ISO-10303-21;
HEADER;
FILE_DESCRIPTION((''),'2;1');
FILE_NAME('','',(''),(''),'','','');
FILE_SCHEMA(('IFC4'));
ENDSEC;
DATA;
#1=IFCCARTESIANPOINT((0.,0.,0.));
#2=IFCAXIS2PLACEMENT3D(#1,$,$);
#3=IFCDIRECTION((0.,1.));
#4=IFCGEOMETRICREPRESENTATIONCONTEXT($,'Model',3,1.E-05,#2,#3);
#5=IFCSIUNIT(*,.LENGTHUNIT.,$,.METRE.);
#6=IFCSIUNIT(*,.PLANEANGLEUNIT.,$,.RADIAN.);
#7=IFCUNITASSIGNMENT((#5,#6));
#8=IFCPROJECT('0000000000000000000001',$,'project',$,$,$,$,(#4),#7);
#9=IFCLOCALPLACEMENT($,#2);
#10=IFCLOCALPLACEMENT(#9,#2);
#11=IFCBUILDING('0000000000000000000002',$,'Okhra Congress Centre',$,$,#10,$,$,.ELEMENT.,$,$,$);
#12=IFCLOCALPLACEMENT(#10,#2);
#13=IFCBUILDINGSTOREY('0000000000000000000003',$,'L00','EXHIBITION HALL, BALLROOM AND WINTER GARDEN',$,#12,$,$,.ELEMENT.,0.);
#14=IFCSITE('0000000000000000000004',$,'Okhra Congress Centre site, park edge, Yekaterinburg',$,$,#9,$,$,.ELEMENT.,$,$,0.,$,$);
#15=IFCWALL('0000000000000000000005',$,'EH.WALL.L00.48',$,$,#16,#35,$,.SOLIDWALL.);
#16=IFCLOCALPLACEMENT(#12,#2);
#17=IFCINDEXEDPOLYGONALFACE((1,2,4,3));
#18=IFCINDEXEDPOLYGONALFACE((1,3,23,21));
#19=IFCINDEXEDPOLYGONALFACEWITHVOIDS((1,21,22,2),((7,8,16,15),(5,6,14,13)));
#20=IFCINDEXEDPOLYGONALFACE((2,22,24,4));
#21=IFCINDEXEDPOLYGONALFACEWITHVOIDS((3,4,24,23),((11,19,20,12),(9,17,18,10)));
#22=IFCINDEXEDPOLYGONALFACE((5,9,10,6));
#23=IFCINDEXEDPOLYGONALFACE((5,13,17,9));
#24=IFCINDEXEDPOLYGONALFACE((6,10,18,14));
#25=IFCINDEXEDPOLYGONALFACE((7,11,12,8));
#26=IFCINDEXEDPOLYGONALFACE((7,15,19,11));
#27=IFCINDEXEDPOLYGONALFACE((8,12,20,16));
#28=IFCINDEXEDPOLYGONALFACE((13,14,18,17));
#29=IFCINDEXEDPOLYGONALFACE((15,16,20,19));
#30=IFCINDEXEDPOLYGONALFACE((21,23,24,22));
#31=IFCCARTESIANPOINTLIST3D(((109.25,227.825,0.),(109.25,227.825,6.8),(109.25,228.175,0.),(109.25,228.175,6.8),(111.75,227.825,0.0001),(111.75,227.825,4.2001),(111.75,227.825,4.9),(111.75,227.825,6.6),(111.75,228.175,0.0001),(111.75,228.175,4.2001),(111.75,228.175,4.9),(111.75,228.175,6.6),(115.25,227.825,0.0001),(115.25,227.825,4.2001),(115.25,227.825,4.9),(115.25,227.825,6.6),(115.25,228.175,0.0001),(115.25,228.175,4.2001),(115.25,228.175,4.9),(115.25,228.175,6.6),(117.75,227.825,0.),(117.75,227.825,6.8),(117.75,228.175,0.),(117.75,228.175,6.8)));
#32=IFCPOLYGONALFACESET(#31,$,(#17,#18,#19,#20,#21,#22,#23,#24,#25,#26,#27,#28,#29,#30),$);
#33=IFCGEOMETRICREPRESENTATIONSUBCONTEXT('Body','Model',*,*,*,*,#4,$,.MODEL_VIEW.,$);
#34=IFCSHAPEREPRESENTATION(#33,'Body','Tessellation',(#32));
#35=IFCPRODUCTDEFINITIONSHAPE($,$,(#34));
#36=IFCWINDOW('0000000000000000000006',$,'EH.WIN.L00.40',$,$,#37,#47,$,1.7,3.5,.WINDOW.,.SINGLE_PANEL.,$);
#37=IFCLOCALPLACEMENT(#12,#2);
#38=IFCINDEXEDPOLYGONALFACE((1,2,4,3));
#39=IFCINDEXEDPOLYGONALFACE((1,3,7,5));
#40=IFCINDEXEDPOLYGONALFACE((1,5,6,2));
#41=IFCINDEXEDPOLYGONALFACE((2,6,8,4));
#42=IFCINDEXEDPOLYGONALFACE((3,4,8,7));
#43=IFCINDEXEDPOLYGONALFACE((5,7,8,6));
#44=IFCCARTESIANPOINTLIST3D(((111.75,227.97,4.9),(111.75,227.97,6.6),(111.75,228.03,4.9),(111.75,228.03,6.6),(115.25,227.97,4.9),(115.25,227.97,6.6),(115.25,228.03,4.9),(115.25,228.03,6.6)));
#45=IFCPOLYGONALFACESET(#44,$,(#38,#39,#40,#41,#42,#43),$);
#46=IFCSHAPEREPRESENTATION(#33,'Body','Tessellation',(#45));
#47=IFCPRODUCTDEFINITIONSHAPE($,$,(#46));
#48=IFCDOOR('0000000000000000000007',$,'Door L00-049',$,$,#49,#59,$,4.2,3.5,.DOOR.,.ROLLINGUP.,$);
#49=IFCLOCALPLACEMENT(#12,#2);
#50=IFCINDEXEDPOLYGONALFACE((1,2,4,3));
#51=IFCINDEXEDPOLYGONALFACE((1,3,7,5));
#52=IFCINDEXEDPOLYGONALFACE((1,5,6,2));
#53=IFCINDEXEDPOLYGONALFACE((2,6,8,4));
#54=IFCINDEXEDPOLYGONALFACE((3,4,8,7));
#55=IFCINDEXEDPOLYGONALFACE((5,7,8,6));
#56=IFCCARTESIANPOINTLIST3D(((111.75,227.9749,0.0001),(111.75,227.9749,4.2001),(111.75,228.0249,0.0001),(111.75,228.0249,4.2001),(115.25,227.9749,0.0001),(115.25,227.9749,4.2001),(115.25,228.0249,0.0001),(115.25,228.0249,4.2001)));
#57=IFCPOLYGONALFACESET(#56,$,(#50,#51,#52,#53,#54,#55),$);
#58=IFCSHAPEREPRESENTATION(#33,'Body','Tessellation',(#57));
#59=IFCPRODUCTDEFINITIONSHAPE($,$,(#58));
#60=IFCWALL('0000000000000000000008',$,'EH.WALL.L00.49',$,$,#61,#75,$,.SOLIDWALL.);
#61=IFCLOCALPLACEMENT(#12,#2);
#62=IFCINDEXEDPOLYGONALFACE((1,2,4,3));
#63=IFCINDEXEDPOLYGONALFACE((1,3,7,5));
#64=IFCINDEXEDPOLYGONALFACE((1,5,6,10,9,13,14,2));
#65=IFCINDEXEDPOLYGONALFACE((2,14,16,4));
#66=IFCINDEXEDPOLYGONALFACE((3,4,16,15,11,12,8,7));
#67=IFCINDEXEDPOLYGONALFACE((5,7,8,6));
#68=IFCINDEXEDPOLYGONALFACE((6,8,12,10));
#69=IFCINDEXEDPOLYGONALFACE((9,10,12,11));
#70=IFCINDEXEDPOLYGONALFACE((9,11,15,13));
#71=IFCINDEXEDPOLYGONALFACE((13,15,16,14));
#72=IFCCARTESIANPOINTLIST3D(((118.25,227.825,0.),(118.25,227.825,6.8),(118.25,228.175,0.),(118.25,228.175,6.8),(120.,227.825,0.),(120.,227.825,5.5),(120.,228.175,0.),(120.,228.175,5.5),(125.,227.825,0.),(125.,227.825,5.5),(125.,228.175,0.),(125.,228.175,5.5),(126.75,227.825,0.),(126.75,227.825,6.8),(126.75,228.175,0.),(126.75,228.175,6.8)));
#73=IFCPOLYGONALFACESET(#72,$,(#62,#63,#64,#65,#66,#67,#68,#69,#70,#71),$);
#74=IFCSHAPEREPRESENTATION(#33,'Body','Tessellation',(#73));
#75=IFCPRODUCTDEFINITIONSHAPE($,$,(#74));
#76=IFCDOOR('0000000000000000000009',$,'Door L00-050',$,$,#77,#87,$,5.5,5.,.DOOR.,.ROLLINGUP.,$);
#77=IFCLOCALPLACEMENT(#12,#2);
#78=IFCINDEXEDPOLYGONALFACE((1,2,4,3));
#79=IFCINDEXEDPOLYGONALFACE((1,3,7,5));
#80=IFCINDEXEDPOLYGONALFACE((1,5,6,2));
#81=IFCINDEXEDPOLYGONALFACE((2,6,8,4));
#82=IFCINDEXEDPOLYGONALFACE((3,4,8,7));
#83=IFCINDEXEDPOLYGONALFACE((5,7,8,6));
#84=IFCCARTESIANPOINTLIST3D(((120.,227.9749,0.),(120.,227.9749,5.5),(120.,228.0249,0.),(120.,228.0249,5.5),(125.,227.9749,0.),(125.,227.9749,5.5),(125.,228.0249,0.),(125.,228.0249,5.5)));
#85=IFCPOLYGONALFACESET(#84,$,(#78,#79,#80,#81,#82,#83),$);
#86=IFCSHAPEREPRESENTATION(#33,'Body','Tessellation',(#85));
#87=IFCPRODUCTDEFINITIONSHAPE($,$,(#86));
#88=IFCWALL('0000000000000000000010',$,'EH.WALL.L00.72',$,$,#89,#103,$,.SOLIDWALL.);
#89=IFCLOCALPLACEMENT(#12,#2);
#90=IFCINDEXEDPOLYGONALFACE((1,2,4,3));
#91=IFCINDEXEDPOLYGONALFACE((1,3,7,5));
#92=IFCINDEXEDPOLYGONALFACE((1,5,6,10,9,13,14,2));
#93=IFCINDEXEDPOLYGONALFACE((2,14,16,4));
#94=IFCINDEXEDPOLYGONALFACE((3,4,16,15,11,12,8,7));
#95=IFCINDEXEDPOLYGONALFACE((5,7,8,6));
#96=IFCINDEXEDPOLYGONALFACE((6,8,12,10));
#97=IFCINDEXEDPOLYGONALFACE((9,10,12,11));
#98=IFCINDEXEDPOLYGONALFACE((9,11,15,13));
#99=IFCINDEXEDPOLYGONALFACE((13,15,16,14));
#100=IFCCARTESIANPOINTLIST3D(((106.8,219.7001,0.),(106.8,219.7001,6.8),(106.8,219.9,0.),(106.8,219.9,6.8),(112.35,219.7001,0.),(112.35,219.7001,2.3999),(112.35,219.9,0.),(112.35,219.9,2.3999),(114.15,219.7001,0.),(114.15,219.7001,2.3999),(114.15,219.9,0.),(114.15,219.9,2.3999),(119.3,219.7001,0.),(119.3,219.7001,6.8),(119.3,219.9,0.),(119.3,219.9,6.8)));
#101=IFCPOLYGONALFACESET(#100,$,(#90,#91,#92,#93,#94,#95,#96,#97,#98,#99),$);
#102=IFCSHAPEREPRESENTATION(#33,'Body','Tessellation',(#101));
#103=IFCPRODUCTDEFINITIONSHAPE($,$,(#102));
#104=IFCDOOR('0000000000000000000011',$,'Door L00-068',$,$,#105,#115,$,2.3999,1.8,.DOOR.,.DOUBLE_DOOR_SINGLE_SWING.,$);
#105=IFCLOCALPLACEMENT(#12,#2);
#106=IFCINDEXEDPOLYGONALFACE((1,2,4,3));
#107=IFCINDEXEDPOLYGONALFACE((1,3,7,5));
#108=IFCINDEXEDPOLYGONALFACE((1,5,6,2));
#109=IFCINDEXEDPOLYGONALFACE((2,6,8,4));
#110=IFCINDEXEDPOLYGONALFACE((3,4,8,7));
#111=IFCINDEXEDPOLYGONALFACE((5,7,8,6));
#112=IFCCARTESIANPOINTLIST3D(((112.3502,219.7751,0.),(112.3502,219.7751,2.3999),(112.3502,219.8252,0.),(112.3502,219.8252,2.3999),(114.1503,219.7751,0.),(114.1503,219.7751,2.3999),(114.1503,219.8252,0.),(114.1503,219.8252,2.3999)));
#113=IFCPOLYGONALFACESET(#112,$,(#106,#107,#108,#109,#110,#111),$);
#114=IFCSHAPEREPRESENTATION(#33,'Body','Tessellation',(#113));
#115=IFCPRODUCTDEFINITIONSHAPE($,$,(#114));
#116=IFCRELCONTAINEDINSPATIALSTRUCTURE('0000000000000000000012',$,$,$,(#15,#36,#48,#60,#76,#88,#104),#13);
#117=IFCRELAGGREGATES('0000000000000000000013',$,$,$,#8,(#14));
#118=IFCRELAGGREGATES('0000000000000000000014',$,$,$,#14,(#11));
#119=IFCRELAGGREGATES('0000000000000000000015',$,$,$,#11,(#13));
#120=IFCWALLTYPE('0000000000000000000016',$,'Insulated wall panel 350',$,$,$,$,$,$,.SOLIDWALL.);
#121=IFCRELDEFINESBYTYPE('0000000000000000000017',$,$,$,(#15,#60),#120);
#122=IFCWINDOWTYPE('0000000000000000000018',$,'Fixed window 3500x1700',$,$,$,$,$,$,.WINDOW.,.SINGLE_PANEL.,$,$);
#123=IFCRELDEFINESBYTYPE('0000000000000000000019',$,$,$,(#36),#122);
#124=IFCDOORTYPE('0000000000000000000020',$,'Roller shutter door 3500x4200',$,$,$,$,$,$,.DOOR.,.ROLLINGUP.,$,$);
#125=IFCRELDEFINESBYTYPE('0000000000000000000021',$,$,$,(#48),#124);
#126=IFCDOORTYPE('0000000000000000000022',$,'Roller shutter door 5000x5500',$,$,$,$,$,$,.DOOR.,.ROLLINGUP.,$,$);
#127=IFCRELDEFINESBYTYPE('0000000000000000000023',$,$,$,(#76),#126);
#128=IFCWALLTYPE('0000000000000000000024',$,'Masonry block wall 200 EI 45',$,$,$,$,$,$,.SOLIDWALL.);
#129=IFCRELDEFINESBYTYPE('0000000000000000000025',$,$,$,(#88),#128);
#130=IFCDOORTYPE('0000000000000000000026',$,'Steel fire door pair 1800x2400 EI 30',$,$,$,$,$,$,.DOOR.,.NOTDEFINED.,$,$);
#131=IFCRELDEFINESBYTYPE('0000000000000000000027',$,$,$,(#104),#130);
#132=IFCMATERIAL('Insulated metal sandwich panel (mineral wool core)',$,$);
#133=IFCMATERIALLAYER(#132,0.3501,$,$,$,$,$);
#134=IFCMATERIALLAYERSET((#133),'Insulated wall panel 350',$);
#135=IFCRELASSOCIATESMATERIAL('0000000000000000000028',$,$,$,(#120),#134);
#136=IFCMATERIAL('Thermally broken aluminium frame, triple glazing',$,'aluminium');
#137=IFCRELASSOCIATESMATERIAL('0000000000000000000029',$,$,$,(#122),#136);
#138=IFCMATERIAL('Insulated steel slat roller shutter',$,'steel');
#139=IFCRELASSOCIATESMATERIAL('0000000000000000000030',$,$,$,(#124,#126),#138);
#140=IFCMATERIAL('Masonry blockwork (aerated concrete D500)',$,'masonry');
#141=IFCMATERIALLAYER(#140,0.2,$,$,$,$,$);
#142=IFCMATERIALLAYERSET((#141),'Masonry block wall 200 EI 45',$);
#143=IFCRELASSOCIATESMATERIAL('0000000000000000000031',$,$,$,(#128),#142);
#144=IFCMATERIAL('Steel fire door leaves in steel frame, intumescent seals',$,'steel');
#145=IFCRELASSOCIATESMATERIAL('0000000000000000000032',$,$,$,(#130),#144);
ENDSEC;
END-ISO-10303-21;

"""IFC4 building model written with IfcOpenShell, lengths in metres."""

from ifc_helpers import new_model, si_unit, direction, frame, frame_2d, origin, place, context, subcontext, project, spatial, rectangle, extrude, material, layer, layer_set, type_object, element, fill, save


model = new_model("IFC4")

# Units and contexts
model_context = context("Model", 3, precision=1e-05, world=origin(), true_north=direction((0.0, 1.0)))
body_context = subcontext(model_context, "Body", "Model", "MODEL_VIEW")
ifc_project = project(units=[si_unit("LENGTHUNIT", "METRE"), si_unit("PLANEANGLEUNIT", "RADIAN")], contexts=[model_context])

# Site, building, storey
site_placement = place(None, origin())
site = spatial("IfcSite", under=ifc_project, at=site_placement, Name="Okhra Congress Centre site, park edge, Yekaterinburg", CompositionType="ELEMENT", RefElevation=0.0)
building_placement = place(site_placement, origin())
building = spatial("IfcBuilding", under=site, at=building_placement, Name="Okhra Congress Centre", CompositionType="ELEMENT")
storey_placement = place(building_placement, origin())
storey = spatial("IfcBuildingStorey", under=building, at=storey_placement, Name="L00", Description="EXHIBITION HALL, BALLROOM AND WINTER GARDEN", CompositionType="ELEMENT", Elevation=0.0)

# Shared definitions
ifc_material_1 = material(Name="Insulated metal sandwich panel (mineral wool core)")
ifc_layer_1 = layer(ifc_material_1, 0.3501)
ifc_layer_set_1 = layer_set([ifc_layer_1], Name="Insulated wall panel 350")
wall_type_1 = type_object("IfcWallType", Name="Insulated wall panel 350", PredefinedType="SOLIDWALL", material=ifc_layer_set_1)
ifc_material_2 = material(Name="Thermally broken aluminium frame, triple glazing", Category="aluminium")
window_type = type_object("IfcWindowType", Name="Fixed window 3500x1700", PartitioningType="SINGLE_PANEL", PredefinedType="WINDOW", material=ifc_material_2)
ifc_material_3 = material(Name="Insulated steel slat roller shutter", Category="steel")
door_type_1 = type_object("IfcDoorType", Name="Roller shutter door 3500x4200", OperationType="ROLLINGUP", PredefinedType="DOOR", material=ifc_material_3)

# Wall, openings, window, door
wall_1_placement = place(storey_placement, frame((109.25, 228.0, 0.0), z_axis=(0.0, 0.0, 1.0), x_axis=(1.0, 0.0, 0.0)))
wall_1 = element("IfcWall", 1, at=wall_1_placement, inside=storey, type_object=wall_type_1, Name="EH.WALL.L00.48", PredefinedType="SOLIDWALL", context=body_context, shape_type="SweptSolid", body=[
    extrude(rectangle(XDim=8.5, YDim=0.3501, at=frame_2d((4.25, 0.0))), origin(), (0.0, 0.0, 1.0), 6.8),
])
opening_1_placement = place(wall_1_placement, frame((2.5, 0.0, 0.0)))
opening_1 = element("IfcOpeningElement", 2, at=opening_1_placement, cuts=wall_1, PredefinedType="OPENING", context=body_context, shape_type="SweptSolid", body=[
    extrude(rectangle(XDim=3.5, YDim=4.2, at=frame_2d((1.75, 2.1001))), frame((0.0, 0.1851, 0.0), z_axis=(0.0, -1.0, 0.0), x_axis=(1.0, 0.0, 0.0)), (0.0, 0.0, 1.0), 0.3701),
])
opening_2_placement = place(wall_1_placement, frame((2.5, 0.0, 4.8999)))
opening_2 = element("IfcOpeningElement", 3, at=opening_2_placement, cuts=wall_1, PredefinedType="OPENING", context=body_context, shape_type="SweptSolid", body=[
    extrude(rectangle(XDim=3.5, YDim=1.7, at=frame_2d((1.75, 0.8501))), frame((0.0, 0.1851, 0.0), z_axis=(0.0, -1.0, 0.0), x_axis=(1.0, 0.0, 0.0)), (0.0, 0.0, 1.0), 0.3701),
])
window_1_placement = place(opening_2_placement, origin())
window_1 = element("IfcWindow", 4, at=window_1_placement, inside=storey, type_object=window_type, Name="EH.WIN.L00.40", OverallHeight=1.7, OverallWidth=3.5, PartitioningType="SINGLE_PANEL", PredefinedType="WINDOW", context=body_context, shape_type="SweptSolid", body=[
    extrude(rectangle(XDim=3.5, YDim=1.7, at=frame_2d((1.75, 0.8501))), frame((0.0, 0.03, 0.0), z_axis=(0.0, -1.0, 0.0), x_axis=(1.0, 0.0, 0.0)), (0.0, 0.0, 1.0), 0.0601),
])
fill(opening_2, window_1)
door_1_placement = place(opening_1_placement, origin())
door_1 = element("IfcDoor", 5, at=door_1_placement, inside=storey, type_object=door_type_1, Name="Door L00-049", OperationType="ROLLINGUP", OverallHeight=4.2, OverallWidth=3.5, PredefinedType="DOOR", context=body_context, shape_type="SweptSolid", body=[
    extrude(rectangle(XDim=3.5, YDim=4.2, at=frame_2d((1.75, 2.1001))), frame((0.0, 0.0249, 0.0), z_axis=(0.0, -1.0, 0.0), x_axis=(1.0, 0.0, 0.0)), (0.0, 0.0, 1.0), 0.05),
])
fill(opening_1, door_1)

# Walls, openings, doors
wall_2_placement = place(storey_placement, frame((118.25, 228.0, 0.0), z_axis=(0.0, 0.0, 1.0), x_axis=(1.0, 0.0, 0.0)))
wall_2 = element("IfcWall", 6, at=wall_2_placement, inside=storey, type_object=wall_type_1, Name="EH.WALL.L00.49", PredefinedType="SOLIDWALL", context=body_context, shape_type="SweptSolid", body=[
    extrude(rectangle(XDim=8.5, YDim=0.3501, at=frame_2d((4.25, 0.0))), origin(), (0.0, 0.0, 1.0), 6.8),
])
opening_3_placement = place(wall_2_placement, frame((1.75, 0.0, 0.0)))
opening_3 = element("IfcOpeningElement", 7, at=opening_3_placement, cuts=wall_2, PredefinedType="OPENING", context=body_context, shape_type="SweptSolid", body=[
    extrude(rectangle(XDim=5.0, YDim=5.5, at=frame_2d((2.5, 2.75))), frame((0.0, 0.1851, 0.0), z_axis=(0.0, -1.0, 0.0), x_axis=(1.0, 0.0, 0.0)), (0.0, 0.0, 1.0), 0.3701),
])
door_type_2 = type_object("IfcDoorType", Name="Roller shutter door 5000x5500", OperationType="ROLLINGUP", PredefinedType="DOOR", material=ifc_material_3)
door_2_placement = place(opening_3_placement, origin())
door_2 = element("IfcDoor", 8, at=door_2_placement, inside=storey, type_object=door_type_2, Name="Door L00-050", OperationType="ROLLINGUP", OverallHeight=5.5, OverallWidth=5.0, PredefinedType="DOOR", context=body_context, shape_type="SweptSolid", body=[
    extrude(rectangle(XDim=5.0, YDim=5.5, at=frame_2d((2.5, 2.75))), frame((0.0, 0.0249, 0.0), z_axis=(0.0, -1.0, 0.0), x_axis=(1.0, 0.0, 0.0)), (0.0, 0.0, 1.0), 0.05),
])
fill(opening_3, door_2)
ifc_material_4 = material(Name="Masonry blockwork (aerated concrete D500)", Category="masonry")
ifc_layer_2 = layer(ifc_material_4, 0.2)
ifc_layer_set_2 = layer_set([ifc_layer_2], Name="Masonry block wall 200 EI 45")
wall_type_2 = type_object("IfcWallType", Name="Masonry block wall 200 EI 45", PredefinedType="SOLIDWALL", material=ifc_layer_set_2)
wall_3_placement = place(storey_placement, frame((106.8, 219.8, 0.0), z_axis=(0.0, 0.0, 1.0), x_axis=(1.0, 0.0, 0.0)))
wall_3 = element("IfcWall", 9, at=wall_3_placement, inside=storey, type_object=wall_type_2, Name="EH.WALL.L00.72", PredefinedType="SOLIDWALL", context=body_context, shape_type="SweptSolid", body=[
    extrude(rectangle(XDim=12.5, YDim=0.2, at=frame_2d((6.25, 0.0))), origin(), (0.0, 0.0, 1.0), 6.8),
])
opening_4_placement = place(wall_3_placement, frame((5.55, 0.0, 0.0)))
opening_4 = element("IfcOpeningElement", 10, at=opening_4_placement, cuts=wall_3, PredefinedType="OPENING", context=body_context, shape_type="SweptSolid", body=[
    extrude(rectangle(XDim=1.8, YDim=2.3999, at=frame_2d((0.8999, 1.2))), frame((0.0, 0.1099, 0.0), z_axis=(0.0, -1.0, 0.0), x_axis=(1.0, 0.0, 0.0)), (0.0, 0.0, 1.0), 0.22),
])
ifc_material_5 = material(Name="Steel fire door leaves in steel frame, intumescent seals", Category="steel")
door_type_3 = type_object("IfcDoorType", Name="Steel fire door pair 1800x2400 EI 30", OperationType="NOTDEFINED", PredefinedType="DOOR", material=ifc_material_5)
door_3_placement = place(opening_4_placement, frame((1.8, 0.0, 0.0), z_axis=(0.0, 0.0, 1.0), x_axis=(-1.0, 0.0, 0.0)))
door_3 = element("IfcDoor", 11, at=door_3_placement, inside=storey, type_object=door_type_3, Name="Door L00-068", OperationType="DOUBLE_DOOR_SINGLE_SWING", OverallHeight=2.3999, OverallWidth=1.8, PredefinedType="DOOR", context=body_context, shape_type="SweptSolid", body=[
    extrude(rectangle(XDim=1.8, YDim=2.3999, at=frame_2d((0.8999, 1.2))), frame((0.0, 0.0249, 0.0), z_axis=(0.0, -1.0, 0.0), x_axis=(1.0, 0.0, 0.0)), (0.0, 0.0, 1.0), 0.05),
])
fill(opening_4, door_3)

save(model, "model.ifc")
